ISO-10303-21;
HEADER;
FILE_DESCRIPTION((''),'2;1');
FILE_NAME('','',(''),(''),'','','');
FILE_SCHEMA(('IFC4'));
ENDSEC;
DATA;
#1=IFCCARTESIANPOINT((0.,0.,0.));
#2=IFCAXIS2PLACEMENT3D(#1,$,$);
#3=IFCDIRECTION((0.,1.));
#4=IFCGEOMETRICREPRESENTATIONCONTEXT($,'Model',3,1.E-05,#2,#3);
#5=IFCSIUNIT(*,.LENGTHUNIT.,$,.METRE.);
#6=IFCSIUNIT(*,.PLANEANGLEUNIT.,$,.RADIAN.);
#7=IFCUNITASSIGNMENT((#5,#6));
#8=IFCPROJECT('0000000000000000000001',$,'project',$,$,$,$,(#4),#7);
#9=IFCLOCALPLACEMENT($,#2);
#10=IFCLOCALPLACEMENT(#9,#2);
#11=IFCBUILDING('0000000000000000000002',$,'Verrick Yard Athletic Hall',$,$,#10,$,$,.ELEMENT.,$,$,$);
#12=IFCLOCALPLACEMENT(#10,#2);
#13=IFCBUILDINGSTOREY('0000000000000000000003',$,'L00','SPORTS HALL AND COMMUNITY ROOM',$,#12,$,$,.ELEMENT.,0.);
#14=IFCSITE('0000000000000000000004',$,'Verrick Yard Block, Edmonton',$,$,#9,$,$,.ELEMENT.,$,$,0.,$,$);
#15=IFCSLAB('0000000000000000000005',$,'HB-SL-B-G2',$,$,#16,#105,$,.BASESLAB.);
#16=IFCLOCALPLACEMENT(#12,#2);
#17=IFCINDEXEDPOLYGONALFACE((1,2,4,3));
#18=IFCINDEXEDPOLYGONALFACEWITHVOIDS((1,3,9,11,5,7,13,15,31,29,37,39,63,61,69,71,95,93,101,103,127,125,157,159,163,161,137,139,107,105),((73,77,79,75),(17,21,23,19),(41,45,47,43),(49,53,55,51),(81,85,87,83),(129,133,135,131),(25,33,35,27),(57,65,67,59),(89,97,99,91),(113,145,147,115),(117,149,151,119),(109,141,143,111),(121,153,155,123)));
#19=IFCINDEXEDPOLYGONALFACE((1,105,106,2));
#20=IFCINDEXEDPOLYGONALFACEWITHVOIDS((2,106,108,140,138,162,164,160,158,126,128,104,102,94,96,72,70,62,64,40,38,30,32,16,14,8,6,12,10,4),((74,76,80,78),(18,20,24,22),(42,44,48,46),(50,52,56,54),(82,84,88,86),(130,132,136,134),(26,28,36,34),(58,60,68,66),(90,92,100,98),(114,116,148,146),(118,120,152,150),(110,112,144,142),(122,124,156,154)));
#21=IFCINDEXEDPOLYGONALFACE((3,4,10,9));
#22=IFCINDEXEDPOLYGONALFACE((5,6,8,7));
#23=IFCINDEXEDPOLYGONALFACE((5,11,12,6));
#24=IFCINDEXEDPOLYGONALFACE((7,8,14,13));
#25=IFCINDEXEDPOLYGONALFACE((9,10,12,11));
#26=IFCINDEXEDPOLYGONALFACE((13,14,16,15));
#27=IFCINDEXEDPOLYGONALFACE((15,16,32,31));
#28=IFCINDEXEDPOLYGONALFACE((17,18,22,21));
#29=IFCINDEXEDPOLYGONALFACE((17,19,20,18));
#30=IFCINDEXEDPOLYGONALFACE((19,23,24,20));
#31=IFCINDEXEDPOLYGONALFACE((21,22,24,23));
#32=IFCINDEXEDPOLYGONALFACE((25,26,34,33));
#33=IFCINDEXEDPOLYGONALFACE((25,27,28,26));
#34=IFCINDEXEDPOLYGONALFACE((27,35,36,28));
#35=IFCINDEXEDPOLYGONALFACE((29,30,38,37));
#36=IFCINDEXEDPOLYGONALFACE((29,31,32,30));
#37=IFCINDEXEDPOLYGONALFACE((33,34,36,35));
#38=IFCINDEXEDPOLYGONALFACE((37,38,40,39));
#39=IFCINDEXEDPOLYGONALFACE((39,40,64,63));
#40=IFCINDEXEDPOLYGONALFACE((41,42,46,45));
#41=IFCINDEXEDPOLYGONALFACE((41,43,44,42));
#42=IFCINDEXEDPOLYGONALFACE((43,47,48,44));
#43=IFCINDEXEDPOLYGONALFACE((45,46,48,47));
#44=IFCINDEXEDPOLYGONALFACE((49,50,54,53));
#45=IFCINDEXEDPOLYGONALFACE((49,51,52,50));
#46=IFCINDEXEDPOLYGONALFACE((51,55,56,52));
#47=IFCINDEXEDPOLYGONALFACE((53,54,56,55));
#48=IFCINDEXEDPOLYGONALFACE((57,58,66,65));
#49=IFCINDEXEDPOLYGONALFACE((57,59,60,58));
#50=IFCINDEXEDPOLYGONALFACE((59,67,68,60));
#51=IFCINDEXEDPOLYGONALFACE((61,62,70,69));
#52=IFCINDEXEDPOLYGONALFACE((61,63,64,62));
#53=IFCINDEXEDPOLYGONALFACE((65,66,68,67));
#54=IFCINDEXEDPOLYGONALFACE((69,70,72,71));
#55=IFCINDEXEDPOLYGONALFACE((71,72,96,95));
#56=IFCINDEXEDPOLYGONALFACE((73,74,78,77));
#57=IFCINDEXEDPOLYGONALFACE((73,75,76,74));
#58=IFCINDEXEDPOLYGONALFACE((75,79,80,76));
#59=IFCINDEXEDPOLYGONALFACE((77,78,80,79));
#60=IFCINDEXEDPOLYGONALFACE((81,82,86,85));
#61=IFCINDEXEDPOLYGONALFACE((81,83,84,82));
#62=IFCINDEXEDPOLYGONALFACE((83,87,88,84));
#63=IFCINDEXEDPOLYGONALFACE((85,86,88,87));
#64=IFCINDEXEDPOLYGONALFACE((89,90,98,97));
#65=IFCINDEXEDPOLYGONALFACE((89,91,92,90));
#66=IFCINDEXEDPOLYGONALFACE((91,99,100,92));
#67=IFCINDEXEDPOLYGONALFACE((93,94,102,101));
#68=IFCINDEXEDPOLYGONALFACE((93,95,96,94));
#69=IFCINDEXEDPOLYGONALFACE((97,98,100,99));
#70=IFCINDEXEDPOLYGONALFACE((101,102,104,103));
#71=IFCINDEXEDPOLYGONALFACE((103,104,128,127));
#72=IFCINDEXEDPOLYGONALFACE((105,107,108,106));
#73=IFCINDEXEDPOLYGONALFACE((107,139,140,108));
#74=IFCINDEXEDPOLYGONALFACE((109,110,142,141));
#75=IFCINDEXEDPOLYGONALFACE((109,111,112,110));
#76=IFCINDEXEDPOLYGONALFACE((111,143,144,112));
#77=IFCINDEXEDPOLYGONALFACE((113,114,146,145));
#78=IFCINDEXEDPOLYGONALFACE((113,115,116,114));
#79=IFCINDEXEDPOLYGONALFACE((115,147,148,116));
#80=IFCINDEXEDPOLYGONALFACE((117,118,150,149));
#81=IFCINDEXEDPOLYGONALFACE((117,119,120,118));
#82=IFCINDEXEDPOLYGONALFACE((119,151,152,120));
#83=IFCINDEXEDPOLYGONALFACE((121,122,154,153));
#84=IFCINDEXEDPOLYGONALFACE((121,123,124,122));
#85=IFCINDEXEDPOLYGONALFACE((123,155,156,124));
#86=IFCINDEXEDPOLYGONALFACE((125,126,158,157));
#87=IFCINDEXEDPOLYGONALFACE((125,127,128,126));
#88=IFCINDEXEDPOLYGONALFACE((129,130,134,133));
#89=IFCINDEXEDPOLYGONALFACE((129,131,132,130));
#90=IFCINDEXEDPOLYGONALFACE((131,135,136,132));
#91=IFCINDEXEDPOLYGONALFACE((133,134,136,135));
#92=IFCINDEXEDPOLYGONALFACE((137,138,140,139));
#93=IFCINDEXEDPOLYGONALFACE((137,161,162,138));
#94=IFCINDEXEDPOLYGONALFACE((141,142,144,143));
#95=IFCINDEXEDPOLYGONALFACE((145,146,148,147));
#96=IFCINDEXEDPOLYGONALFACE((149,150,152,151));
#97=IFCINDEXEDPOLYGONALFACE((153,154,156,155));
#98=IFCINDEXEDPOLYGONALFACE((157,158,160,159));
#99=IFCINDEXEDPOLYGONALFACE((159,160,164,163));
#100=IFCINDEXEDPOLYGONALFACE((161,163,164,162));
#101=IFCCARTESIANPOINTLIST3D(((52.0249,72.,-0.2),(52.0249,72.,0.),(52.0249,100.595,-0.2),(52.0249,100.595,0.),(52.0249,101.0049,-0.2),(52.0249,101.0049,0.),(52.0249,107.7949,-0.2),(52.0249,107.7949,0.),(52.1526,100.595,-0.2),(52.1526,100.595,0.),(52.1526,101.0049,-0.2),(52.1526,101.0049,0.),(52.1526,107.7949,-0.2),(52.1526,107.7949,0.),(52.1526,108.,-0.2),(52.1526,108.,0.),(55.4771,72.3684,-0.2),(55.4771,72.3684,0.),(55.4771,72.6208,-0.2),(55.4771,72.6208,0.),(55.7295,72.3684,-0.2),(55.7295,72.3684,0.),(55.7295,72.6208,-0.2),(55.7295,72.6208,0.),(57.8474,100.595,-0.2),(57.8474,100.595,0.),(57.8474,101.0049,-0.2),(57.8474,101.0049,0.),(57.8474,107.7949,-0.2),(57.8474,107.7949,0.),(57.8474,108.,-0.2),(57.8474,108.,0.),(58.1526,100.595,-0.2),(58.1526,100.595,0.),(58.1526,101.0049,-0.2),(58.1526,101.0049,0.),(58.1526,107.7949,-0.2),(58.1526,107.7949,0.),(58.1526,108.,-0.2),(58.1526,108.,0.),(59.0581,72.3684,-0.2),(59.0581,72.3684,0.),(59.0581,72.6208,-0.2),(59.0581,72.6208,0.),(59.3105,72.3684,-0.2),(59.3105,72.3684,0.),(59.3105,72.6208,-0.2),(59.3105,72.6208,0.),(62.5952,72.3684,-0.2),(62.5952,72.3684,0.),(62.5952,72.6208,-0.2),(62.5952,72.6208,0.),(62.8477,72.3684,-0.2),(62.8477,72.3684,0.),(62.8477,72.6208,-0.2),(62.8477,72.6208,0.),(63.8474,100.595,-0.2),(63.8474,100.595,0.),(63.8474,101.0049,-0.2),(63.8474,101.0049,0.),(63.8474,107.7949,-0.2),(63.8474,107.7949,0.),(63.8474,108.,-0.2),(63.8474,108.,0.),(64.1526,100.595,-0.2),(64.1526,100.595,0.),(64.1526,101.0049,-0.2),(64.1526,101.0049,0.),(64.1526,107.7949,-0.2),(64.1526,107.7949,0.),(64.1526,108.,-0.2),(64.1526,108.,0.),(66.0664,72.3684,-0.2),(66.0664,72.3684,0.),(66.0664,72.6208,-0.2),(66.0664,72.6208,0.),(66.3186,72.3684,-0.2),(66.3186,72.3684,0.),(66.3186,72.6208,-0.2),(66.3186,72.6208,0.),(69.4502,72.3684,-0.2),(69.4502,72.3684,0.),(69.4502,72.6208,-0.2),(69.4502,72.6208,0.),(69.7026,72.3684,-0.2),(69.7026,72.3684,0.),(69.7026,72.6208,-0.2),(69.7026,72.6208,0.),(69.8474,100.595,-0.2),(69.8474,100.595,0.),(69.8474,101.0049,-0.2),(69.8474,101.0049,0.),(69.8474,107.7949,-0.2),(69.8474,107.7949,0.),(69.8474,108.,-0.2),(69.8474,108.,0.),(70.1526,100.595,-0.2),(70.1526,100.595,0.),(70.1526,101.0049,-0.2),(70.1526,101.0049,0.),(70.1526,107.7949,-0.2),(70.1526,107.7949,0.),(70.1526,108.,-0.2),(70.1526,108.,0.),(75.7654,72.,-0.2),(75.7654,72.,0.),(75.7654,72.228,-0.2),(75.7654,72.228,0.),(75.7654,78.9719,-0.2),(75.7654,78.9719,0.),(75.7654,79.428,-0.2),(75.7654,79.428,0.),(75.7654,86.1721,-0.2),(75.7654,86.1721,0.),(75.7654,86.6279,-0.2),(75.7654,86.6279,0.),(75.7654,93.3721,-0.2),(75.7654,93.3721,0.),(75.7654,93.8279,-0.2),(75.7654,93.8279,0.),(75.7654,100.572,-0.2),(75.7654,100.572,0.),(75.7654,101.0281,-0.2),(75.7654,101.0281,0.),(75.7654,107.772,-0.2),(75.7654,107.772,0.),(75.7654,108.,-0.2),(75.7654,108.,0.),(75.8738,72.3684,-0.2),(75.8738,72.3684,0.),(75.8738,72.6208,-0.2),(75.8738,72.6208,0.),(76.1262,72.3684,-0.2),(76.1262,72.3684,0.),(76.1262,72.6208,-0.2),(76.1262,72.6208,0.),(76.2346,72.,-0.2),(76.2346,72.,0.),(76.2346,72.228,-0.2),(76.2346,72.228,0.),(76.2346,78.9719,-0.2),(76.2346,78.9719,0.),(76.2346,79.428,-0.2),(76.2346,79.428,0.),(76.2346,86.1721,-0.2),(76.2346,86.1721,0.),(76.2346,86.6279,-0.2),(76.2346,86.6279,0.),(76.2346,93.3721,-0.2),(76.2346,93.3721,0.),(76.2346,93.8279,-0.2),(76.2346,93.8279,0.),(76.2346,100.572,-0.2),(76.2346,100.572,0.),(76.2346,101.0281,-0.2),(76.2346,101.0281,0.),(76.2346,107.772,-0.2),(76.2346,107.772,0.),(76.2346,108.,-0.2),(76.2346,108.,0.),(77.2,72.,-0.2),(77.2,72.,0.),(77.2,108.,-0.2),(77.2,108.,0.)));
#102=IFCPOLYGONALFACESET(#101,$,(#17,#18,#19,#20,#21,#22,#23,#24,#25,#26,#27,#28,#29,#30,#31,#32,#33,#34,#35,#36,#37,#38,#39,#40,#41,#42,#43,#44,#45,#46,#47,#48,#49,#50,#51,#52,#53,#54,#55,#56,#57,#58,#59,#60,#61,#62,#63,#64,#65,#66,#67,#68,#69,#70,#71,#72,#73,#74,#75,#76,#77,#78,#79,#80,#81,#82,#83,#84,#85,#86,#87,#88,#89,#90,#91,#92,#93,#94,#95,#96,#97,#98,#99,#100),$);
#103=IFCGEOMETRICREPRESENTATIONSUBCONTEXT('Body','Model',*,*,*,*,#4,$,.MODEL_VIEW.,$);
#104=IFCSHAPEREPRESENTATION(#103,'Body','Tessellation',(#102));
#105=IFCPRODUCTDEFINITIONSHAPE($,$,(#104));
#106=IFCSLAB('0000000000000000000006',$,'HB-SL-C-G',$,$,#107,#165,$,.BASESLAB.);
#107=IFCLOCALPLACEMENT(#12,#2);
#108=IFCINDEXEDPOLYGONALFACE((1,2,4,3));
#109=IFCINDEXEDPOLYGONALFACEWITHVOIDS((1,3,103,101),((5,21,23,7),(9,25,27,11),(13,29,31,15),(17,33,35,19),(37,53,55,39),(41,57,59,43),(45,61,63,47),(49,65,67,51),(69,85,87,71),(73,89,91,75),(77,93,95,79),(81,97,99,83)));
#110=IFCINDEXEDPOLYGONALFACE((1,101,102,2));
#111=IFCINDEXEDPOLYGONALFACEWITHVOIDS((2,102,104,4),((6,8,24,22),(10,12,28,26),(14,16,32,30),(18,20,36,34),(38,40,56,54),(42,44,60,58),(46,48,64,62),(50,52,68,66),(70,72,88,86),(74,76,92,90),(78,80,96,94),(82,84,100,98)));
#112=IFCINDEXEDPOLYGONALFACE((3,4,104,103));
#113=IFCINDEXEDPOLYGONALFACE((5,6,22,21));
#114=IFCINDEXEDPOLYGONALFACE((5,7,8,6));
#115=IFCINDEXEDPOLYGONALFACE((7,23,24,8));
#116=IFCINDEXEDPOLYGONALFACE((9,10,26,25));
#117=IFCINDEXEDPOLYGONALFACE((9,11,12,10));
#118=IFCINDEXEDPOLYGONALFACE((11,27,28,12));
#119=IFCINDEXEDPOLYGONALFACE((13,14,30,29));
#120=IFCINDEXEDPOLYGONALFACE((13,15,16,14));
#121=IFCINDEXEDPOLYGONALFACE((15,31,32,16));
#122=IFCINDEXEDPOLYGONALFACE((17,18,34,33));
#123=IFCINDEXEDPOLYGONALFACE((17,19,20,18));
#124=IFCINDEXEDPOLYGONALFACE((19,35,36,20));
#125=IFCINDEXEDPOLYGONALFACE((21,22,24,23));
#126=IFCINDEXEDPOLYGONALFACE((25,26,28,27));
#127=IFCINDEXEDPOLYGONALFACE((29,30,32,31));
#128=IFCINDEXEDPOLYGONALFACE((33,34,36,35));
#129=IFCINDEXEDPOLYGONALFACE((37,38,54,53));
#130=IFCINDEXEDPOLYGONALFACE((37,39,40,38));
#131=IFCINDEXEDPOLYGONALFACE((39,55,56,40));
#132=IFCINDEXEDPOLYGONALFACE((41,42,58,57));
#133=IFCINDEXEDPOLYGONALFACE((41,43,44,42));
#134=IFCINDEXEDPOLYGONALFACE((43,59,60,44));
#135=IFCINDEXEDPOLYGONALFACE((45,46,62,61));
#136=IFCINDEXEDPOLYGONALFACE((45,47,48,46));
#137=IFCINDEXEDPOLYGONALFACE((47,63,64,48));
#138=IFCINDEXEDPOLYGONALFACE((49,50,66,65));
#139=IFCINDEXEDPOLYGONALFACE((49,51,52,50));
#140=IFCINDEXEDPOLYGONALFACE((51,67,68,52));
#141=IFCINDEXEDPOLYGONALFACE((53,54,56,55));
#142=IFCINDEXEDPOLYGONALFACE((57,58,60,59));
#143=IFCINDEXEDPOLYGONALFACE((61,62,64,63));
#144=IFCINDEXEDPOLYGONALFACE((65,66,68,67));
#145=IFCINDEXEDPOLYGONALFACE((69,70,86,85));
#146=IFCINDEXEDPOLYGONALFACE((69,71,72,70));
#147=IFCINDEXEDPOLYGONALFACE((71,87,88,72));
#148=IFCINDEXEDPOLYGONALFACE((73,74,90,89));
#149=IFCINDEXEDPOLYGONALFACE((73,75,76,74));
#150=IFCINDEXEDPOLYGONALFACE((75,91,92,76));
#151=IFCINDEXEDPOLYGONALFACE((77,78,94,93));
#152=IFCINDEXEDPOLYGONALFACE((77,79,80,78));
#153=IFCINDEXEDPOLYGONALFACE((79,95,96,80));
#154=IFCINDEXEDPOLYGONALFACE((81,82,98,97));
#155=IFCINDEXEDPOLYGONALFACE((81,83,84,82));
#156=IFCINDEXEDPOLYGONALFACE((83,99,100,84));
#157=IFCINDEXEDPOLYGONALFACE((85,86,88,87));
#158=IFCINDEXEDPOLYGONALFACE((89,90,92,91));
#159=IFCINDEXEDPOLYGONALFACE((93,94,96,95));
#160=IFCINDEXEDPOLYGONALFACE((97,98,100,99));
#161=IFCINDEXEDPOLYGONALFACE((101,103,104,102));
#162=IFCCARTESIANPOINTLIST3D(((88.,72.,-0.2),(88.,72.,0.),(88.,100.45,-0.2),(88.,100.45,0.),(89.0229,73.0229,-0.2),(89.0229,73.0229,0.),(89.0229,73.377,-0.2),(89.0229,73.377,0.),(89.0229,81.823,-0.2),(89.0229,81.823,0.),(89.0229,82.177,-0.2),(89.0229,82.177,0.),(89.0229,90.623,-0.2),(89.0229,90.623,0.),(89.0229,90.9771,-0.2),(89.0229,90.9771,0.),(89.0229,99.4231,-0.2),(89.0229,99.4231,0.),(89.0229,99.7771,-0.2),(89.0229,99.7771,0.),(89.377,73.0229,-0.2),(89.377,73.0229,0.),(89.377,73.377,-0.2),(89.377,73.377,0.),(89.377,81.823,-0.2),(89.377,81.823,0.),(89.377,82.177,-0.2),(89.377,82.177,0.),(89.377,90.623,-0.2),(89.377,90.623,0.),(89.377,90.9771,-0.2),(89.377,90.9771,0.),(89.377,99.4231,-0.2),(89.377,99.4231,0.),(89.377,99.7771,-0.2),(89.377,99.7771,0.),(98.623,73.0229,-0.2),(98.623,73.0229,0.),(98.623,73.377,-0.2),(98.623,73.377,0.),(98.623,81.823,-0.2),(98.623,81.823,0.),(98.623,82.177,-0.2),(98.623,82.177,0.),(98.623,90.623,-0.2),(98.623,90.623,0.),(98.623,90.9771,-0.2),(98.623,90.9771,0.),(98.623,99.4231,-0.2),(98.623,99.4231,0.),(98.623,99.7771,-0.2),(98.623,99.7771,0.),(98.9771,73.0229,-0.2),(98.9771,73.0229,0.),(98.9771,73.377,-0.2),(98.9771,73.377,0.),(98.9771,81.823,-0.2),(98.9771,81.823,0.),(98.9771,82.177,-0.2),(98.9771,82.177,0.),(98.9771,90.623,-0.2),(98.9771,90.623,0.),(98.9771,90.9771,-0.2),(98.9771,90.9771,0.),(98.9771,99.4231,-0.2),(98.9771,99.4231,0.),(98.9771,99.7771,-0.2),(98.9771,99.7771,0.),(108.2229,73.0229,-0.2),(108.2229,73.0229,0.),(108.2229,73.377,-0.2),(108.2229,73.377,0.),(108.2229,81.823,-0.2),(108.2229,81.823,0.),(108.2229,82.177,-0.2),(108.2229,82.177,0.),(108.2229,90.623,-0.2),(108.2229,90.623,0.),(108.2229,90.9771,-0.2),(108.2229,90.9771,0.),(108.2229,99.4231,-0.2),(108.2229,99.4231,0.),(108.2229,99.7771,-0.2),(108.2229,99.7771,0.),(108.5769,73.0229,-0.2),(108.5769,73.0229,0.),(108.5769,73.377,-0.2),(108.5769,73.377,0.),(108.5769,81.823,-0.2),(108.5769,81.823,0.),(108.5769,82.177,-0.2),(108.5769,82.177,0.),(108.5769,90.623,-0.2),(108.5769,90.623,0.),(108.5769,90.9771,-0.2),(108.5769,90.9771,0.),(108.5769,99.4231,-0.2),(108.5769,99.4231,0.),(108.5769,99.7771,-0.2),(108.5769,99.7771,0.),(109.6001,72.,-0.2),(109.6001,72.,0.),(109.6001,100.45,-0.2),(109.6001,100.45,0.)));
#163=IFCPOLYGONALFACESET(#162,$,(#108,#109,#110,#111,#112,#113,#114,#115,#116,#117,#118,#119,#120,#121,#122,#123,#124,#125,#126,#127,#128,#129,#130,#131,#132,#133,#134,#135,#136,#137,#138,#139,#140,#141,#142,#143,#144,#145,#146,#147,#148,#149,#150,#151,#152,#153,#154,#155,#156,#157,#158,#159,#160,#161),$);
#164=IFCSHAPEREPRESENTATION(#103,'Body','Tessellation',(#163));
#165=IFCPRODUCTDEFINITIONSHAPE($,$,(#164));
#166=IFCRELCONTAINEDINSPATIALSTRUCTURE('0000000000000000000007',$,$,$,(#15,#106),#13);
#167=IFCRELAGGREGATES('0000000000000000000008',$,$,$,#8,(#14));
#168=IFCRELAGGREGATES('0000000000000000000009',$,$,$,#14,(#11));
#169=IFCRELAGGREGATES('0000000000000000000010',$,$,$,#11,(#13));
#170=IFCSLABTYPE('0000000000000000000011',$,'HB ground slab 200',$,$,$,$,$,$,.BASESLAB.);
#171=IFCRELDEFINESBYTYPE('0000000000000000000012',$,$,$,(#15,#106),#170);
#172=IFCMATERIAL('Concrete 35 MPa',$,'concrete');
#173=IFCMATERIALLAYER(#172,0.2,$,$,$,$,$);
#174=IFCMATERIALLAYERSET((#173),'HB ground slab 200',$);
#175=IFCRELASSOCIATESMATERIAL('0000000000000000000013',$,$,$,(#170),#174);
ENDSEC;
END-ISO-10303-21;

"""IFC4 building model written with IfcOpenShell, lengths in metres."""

from ifc_helpers import new_model, si_unit, direction, frame, origin, place, context, subcontext, project, spatial, polyline, outline, extrude, material, layer, layer_set, type_object, element, save


model = new_model("IFC4")

# Units and contexts
model_context = context("Model", 3, precision=1e-05, world=origin(), true_north=direction((0.0, 1.0)))
body_context = subcontext(model_context, "Body", "Model", "MODEL_VIEW")
ifc_project = project(units=[si_unit("LENGTHUNIT", "METRE"), si_unit("PLANEANGLEUNIT", "RADIAN")], contexts=[model_context])

# Site, building, storey
site_placement = place(None, origin())
site = spatial("IfcSite", under=ifc_project, at=site_placement, Name="Verrick Yard Block, Edmonton", CompositionType="ELEMENT", RefElevation=0.0)
building_placement = place(site_placement, origin())
building = spatial("IfcBuilding", under=site, at=building_placement, Name="Verrick Yard Athletic Hall", CompositionType="ELEMENT")
storey_placement = place(building_placement, origin())
storey = spatial("IfcBuildingStorey", under=building, at=storey_placement, Name="L00", Description="SPORTS HALL AND COMMUNITY ROOM", CompositionType="ELEMENT", Elevation=0.0)

# Slabs
ifc_material_1 = material(Name="Concrete 35 MPa", Category="concrete")
ifc_layer_1 = layer(ifc_material_1, 0.2)
ifc_layer_set_1 = layer_set([ifc_layer_1], Name="HB ground slab 200")
slab_type_1 = type_object("IfcSlabType", Name="HB ground slab 200", PredefinedType="BASESLAB", material=ifc_layer_set_1)
slab_1_placement = place(storey_placement, frame((0.0, 0.0, -0.2)))
element("IfcSlab", 1, at=slab_1_placement, inside=storey, type_object=slab_type_1, Name="HB-SL-B-G2", PredefinedType="BASESLAB", context=body_context, shape_type="SweptSolid", body=[
    extrude(outline(polyline([(77.2, 108.0), (77.2, 72.0), (76.2346, 72.0), (76.2346, 72.228), (75.7654, 72.228), (75.7654, 72.0), (52.0249, 72.0), (52.0249, 100.595), (52.1526, 100.595), (52.1526, 101.0049), (52.0249, 101.0049), (52.0249, 107.7949), (52.1526, 107.7949), (52.1526, 108.0), (57.8474, 108.0), (57.8474, 107.7949), (58.1526, 107.7949), (58.1526, 108.0), (63.8474, 108.0), (63.8474, 107.7949), (64.1526, 107.7949), (64.1526, 108.0), (69.8474, 108.0), (69.8474, 107.7949), (70.1526, 107.7949), (70.1526, 108.0), (75.7654, 108.0), (75.7654, 107.772), (76.2346, 107.772), (76.2346, 108.0), (77.2, 108.0)]), holes=[polyline([(55.7295, 72.6208), (55.4771, 72.6208), (55.4771, 72.3684), (55.7295, 72.3684), (55.7295, 72.6208)]), polyline([(59.3105, 72.6208), (59.0581, 72.6208), (59.0581, 72.3684), (59.3105, 72.3684), (59.3105, 72.6208)]), polyline([(62.8477, 72.6208), (62.5952, 72.6208), (62.5952, 72.3684), (62.8477, 72.3684), (62.8477, 72.6208)]), polyline([(66.3186, 72.3684), (66.3186, 72.6208), (66.0664, 72.6208), (66.0664, 72.3684), (66.3186, 72.3684)]), polyline([(58.1526, 101.0049), (57.8474, 101.0049), (57.8474, 100.595), (58.1526, 100.595), (58.1526, 101.0049)]), polyline([(64.1526, 101.0049), (63.8474, 101.0049), (63.8474, 100.595), (64.1526, 100.595), (64.1526, 101.0049)]), polyline([(69.7026, 72.6208), (69.4502, 72.6208), (69.4502, 72.3684), (69.7026, 72.3684), (69.7026, 72.6208)]), polyline([(76.1262, 72.6208), (75.8738, 72.6208), (75.8738, 72.3684), (76.1262, 72.3684), (76.1262, 72.6208)]), polyline([(76.2346, 78.9719), (76.2346, 79.428), (75.7654, 79.428), (75.7654, 78.9719), (76.2346, 78.9719)]), polyline([(76.2346, 86.1721), (76.2346, 86.6279), (75.7654, 86.6279), (75.7654, 86.1721), (76.2346, 86.1721)]), polyline([(76.2346, 93.8279), (75.7654, 93.8279), (75.7654, 93.3721), (76.2346, 93.3721), (76.2346, 93.8279)]), polyline([(70.1526, 101.0049), (69.8474, 101.0049), (69.8474, 100.595), (70.1526, 100.595), (70.1526, 101.0049)]), polyline([(76.2346, 101.0281), (75.7654, 101.0281), (75.7654, 100.572), (76.2346, 100.572), (76.2346, 101.0281)])]), origin(), (0.0, 0.0, 1.0), 0.2),
])
slab_2_placement = place(storey_placement, frame((0.0, 0.0, -0.2)))
element("IfcSlab", 2, at=slab_2_placement, inside=storey, type_object=slab_type_1, Name="HB-SL-C-G", PredefinedType="BASESLAB", context=body_context, shape_type="SweptSolid", body=[
    extrude(outline(polyline([(88.0, 72.0), (88.0, 100.45), (109.6001, 100.45), (109.6001, 72.0), (88.0, 72.0)]), holes=[polyline([(89.0229, 73.377), (89.0229, 73.0229), (89.377, 73.0229), (89.377, 73.377), (89.0229, 73.377)]), polyline([(98.9771, 73.377), (98.623, 73.377), (98.623, 73.0229), (98.9771, 73.0229), (98.9771, 73.377)]), polyline([(89.377, 82.177), (89.0229, 82.177), (89.0229, 81.823), (89.377, 81.823), (89.377, 82.177)]), polyline([(98.623, 82.177), (98.623, 81.823), (98.9771, 81.823), (98.9771, 82.177), (98.623, 82.177)]), polyline([(89.377, 90.9771), (89.0229, 90.9771), (89.0229, 90.623), (89.377, 90.623), (89.377, 90.9771)]), polyline([(89.377, 99.7771), (89.0229, 99.7771), (89.0229, 99.4231), (89.377, 99.4231), (89.377, 99.7771)]), polyline([(108.2229, 73.377), (108.2229, 73.0229), (108.5769, 73.0229), (108.5769, 73.377), (108.2229, 73.377)]), polyline([(108.5769, 82.177), (108.2229, 82.177), (108.2229, 81.823), (108.5769, 81.823), (108.5769, 82.177)]), polyline([(98.9771, 90.9771), (98.623, 90.9771), (98.623, 90.623), (98.9771, 90.623), (98.9771, 90.9771)]), polyline([(108.2229, 90.9771), (108.2229, 90.623), (108.5769, 90.623), (108.5769, 90.9771), (108.2229, 90.9771)]), polyline([(98.9771, 99.7771), (98.623, 99.7771), (98.623, 99.4231), (98.9771, 99.4231), (98.9771, 99.7771)]), polyline([(108.5769, 99.7771), (108.2229, 99.7771), (108.2229, 99.4231), (108.5769, 99.4231), (108.5769, 99.7771)])]), origin(), (0.0, 0.0, 1.0), 0.2),
])

save(model, "model.ifc")
